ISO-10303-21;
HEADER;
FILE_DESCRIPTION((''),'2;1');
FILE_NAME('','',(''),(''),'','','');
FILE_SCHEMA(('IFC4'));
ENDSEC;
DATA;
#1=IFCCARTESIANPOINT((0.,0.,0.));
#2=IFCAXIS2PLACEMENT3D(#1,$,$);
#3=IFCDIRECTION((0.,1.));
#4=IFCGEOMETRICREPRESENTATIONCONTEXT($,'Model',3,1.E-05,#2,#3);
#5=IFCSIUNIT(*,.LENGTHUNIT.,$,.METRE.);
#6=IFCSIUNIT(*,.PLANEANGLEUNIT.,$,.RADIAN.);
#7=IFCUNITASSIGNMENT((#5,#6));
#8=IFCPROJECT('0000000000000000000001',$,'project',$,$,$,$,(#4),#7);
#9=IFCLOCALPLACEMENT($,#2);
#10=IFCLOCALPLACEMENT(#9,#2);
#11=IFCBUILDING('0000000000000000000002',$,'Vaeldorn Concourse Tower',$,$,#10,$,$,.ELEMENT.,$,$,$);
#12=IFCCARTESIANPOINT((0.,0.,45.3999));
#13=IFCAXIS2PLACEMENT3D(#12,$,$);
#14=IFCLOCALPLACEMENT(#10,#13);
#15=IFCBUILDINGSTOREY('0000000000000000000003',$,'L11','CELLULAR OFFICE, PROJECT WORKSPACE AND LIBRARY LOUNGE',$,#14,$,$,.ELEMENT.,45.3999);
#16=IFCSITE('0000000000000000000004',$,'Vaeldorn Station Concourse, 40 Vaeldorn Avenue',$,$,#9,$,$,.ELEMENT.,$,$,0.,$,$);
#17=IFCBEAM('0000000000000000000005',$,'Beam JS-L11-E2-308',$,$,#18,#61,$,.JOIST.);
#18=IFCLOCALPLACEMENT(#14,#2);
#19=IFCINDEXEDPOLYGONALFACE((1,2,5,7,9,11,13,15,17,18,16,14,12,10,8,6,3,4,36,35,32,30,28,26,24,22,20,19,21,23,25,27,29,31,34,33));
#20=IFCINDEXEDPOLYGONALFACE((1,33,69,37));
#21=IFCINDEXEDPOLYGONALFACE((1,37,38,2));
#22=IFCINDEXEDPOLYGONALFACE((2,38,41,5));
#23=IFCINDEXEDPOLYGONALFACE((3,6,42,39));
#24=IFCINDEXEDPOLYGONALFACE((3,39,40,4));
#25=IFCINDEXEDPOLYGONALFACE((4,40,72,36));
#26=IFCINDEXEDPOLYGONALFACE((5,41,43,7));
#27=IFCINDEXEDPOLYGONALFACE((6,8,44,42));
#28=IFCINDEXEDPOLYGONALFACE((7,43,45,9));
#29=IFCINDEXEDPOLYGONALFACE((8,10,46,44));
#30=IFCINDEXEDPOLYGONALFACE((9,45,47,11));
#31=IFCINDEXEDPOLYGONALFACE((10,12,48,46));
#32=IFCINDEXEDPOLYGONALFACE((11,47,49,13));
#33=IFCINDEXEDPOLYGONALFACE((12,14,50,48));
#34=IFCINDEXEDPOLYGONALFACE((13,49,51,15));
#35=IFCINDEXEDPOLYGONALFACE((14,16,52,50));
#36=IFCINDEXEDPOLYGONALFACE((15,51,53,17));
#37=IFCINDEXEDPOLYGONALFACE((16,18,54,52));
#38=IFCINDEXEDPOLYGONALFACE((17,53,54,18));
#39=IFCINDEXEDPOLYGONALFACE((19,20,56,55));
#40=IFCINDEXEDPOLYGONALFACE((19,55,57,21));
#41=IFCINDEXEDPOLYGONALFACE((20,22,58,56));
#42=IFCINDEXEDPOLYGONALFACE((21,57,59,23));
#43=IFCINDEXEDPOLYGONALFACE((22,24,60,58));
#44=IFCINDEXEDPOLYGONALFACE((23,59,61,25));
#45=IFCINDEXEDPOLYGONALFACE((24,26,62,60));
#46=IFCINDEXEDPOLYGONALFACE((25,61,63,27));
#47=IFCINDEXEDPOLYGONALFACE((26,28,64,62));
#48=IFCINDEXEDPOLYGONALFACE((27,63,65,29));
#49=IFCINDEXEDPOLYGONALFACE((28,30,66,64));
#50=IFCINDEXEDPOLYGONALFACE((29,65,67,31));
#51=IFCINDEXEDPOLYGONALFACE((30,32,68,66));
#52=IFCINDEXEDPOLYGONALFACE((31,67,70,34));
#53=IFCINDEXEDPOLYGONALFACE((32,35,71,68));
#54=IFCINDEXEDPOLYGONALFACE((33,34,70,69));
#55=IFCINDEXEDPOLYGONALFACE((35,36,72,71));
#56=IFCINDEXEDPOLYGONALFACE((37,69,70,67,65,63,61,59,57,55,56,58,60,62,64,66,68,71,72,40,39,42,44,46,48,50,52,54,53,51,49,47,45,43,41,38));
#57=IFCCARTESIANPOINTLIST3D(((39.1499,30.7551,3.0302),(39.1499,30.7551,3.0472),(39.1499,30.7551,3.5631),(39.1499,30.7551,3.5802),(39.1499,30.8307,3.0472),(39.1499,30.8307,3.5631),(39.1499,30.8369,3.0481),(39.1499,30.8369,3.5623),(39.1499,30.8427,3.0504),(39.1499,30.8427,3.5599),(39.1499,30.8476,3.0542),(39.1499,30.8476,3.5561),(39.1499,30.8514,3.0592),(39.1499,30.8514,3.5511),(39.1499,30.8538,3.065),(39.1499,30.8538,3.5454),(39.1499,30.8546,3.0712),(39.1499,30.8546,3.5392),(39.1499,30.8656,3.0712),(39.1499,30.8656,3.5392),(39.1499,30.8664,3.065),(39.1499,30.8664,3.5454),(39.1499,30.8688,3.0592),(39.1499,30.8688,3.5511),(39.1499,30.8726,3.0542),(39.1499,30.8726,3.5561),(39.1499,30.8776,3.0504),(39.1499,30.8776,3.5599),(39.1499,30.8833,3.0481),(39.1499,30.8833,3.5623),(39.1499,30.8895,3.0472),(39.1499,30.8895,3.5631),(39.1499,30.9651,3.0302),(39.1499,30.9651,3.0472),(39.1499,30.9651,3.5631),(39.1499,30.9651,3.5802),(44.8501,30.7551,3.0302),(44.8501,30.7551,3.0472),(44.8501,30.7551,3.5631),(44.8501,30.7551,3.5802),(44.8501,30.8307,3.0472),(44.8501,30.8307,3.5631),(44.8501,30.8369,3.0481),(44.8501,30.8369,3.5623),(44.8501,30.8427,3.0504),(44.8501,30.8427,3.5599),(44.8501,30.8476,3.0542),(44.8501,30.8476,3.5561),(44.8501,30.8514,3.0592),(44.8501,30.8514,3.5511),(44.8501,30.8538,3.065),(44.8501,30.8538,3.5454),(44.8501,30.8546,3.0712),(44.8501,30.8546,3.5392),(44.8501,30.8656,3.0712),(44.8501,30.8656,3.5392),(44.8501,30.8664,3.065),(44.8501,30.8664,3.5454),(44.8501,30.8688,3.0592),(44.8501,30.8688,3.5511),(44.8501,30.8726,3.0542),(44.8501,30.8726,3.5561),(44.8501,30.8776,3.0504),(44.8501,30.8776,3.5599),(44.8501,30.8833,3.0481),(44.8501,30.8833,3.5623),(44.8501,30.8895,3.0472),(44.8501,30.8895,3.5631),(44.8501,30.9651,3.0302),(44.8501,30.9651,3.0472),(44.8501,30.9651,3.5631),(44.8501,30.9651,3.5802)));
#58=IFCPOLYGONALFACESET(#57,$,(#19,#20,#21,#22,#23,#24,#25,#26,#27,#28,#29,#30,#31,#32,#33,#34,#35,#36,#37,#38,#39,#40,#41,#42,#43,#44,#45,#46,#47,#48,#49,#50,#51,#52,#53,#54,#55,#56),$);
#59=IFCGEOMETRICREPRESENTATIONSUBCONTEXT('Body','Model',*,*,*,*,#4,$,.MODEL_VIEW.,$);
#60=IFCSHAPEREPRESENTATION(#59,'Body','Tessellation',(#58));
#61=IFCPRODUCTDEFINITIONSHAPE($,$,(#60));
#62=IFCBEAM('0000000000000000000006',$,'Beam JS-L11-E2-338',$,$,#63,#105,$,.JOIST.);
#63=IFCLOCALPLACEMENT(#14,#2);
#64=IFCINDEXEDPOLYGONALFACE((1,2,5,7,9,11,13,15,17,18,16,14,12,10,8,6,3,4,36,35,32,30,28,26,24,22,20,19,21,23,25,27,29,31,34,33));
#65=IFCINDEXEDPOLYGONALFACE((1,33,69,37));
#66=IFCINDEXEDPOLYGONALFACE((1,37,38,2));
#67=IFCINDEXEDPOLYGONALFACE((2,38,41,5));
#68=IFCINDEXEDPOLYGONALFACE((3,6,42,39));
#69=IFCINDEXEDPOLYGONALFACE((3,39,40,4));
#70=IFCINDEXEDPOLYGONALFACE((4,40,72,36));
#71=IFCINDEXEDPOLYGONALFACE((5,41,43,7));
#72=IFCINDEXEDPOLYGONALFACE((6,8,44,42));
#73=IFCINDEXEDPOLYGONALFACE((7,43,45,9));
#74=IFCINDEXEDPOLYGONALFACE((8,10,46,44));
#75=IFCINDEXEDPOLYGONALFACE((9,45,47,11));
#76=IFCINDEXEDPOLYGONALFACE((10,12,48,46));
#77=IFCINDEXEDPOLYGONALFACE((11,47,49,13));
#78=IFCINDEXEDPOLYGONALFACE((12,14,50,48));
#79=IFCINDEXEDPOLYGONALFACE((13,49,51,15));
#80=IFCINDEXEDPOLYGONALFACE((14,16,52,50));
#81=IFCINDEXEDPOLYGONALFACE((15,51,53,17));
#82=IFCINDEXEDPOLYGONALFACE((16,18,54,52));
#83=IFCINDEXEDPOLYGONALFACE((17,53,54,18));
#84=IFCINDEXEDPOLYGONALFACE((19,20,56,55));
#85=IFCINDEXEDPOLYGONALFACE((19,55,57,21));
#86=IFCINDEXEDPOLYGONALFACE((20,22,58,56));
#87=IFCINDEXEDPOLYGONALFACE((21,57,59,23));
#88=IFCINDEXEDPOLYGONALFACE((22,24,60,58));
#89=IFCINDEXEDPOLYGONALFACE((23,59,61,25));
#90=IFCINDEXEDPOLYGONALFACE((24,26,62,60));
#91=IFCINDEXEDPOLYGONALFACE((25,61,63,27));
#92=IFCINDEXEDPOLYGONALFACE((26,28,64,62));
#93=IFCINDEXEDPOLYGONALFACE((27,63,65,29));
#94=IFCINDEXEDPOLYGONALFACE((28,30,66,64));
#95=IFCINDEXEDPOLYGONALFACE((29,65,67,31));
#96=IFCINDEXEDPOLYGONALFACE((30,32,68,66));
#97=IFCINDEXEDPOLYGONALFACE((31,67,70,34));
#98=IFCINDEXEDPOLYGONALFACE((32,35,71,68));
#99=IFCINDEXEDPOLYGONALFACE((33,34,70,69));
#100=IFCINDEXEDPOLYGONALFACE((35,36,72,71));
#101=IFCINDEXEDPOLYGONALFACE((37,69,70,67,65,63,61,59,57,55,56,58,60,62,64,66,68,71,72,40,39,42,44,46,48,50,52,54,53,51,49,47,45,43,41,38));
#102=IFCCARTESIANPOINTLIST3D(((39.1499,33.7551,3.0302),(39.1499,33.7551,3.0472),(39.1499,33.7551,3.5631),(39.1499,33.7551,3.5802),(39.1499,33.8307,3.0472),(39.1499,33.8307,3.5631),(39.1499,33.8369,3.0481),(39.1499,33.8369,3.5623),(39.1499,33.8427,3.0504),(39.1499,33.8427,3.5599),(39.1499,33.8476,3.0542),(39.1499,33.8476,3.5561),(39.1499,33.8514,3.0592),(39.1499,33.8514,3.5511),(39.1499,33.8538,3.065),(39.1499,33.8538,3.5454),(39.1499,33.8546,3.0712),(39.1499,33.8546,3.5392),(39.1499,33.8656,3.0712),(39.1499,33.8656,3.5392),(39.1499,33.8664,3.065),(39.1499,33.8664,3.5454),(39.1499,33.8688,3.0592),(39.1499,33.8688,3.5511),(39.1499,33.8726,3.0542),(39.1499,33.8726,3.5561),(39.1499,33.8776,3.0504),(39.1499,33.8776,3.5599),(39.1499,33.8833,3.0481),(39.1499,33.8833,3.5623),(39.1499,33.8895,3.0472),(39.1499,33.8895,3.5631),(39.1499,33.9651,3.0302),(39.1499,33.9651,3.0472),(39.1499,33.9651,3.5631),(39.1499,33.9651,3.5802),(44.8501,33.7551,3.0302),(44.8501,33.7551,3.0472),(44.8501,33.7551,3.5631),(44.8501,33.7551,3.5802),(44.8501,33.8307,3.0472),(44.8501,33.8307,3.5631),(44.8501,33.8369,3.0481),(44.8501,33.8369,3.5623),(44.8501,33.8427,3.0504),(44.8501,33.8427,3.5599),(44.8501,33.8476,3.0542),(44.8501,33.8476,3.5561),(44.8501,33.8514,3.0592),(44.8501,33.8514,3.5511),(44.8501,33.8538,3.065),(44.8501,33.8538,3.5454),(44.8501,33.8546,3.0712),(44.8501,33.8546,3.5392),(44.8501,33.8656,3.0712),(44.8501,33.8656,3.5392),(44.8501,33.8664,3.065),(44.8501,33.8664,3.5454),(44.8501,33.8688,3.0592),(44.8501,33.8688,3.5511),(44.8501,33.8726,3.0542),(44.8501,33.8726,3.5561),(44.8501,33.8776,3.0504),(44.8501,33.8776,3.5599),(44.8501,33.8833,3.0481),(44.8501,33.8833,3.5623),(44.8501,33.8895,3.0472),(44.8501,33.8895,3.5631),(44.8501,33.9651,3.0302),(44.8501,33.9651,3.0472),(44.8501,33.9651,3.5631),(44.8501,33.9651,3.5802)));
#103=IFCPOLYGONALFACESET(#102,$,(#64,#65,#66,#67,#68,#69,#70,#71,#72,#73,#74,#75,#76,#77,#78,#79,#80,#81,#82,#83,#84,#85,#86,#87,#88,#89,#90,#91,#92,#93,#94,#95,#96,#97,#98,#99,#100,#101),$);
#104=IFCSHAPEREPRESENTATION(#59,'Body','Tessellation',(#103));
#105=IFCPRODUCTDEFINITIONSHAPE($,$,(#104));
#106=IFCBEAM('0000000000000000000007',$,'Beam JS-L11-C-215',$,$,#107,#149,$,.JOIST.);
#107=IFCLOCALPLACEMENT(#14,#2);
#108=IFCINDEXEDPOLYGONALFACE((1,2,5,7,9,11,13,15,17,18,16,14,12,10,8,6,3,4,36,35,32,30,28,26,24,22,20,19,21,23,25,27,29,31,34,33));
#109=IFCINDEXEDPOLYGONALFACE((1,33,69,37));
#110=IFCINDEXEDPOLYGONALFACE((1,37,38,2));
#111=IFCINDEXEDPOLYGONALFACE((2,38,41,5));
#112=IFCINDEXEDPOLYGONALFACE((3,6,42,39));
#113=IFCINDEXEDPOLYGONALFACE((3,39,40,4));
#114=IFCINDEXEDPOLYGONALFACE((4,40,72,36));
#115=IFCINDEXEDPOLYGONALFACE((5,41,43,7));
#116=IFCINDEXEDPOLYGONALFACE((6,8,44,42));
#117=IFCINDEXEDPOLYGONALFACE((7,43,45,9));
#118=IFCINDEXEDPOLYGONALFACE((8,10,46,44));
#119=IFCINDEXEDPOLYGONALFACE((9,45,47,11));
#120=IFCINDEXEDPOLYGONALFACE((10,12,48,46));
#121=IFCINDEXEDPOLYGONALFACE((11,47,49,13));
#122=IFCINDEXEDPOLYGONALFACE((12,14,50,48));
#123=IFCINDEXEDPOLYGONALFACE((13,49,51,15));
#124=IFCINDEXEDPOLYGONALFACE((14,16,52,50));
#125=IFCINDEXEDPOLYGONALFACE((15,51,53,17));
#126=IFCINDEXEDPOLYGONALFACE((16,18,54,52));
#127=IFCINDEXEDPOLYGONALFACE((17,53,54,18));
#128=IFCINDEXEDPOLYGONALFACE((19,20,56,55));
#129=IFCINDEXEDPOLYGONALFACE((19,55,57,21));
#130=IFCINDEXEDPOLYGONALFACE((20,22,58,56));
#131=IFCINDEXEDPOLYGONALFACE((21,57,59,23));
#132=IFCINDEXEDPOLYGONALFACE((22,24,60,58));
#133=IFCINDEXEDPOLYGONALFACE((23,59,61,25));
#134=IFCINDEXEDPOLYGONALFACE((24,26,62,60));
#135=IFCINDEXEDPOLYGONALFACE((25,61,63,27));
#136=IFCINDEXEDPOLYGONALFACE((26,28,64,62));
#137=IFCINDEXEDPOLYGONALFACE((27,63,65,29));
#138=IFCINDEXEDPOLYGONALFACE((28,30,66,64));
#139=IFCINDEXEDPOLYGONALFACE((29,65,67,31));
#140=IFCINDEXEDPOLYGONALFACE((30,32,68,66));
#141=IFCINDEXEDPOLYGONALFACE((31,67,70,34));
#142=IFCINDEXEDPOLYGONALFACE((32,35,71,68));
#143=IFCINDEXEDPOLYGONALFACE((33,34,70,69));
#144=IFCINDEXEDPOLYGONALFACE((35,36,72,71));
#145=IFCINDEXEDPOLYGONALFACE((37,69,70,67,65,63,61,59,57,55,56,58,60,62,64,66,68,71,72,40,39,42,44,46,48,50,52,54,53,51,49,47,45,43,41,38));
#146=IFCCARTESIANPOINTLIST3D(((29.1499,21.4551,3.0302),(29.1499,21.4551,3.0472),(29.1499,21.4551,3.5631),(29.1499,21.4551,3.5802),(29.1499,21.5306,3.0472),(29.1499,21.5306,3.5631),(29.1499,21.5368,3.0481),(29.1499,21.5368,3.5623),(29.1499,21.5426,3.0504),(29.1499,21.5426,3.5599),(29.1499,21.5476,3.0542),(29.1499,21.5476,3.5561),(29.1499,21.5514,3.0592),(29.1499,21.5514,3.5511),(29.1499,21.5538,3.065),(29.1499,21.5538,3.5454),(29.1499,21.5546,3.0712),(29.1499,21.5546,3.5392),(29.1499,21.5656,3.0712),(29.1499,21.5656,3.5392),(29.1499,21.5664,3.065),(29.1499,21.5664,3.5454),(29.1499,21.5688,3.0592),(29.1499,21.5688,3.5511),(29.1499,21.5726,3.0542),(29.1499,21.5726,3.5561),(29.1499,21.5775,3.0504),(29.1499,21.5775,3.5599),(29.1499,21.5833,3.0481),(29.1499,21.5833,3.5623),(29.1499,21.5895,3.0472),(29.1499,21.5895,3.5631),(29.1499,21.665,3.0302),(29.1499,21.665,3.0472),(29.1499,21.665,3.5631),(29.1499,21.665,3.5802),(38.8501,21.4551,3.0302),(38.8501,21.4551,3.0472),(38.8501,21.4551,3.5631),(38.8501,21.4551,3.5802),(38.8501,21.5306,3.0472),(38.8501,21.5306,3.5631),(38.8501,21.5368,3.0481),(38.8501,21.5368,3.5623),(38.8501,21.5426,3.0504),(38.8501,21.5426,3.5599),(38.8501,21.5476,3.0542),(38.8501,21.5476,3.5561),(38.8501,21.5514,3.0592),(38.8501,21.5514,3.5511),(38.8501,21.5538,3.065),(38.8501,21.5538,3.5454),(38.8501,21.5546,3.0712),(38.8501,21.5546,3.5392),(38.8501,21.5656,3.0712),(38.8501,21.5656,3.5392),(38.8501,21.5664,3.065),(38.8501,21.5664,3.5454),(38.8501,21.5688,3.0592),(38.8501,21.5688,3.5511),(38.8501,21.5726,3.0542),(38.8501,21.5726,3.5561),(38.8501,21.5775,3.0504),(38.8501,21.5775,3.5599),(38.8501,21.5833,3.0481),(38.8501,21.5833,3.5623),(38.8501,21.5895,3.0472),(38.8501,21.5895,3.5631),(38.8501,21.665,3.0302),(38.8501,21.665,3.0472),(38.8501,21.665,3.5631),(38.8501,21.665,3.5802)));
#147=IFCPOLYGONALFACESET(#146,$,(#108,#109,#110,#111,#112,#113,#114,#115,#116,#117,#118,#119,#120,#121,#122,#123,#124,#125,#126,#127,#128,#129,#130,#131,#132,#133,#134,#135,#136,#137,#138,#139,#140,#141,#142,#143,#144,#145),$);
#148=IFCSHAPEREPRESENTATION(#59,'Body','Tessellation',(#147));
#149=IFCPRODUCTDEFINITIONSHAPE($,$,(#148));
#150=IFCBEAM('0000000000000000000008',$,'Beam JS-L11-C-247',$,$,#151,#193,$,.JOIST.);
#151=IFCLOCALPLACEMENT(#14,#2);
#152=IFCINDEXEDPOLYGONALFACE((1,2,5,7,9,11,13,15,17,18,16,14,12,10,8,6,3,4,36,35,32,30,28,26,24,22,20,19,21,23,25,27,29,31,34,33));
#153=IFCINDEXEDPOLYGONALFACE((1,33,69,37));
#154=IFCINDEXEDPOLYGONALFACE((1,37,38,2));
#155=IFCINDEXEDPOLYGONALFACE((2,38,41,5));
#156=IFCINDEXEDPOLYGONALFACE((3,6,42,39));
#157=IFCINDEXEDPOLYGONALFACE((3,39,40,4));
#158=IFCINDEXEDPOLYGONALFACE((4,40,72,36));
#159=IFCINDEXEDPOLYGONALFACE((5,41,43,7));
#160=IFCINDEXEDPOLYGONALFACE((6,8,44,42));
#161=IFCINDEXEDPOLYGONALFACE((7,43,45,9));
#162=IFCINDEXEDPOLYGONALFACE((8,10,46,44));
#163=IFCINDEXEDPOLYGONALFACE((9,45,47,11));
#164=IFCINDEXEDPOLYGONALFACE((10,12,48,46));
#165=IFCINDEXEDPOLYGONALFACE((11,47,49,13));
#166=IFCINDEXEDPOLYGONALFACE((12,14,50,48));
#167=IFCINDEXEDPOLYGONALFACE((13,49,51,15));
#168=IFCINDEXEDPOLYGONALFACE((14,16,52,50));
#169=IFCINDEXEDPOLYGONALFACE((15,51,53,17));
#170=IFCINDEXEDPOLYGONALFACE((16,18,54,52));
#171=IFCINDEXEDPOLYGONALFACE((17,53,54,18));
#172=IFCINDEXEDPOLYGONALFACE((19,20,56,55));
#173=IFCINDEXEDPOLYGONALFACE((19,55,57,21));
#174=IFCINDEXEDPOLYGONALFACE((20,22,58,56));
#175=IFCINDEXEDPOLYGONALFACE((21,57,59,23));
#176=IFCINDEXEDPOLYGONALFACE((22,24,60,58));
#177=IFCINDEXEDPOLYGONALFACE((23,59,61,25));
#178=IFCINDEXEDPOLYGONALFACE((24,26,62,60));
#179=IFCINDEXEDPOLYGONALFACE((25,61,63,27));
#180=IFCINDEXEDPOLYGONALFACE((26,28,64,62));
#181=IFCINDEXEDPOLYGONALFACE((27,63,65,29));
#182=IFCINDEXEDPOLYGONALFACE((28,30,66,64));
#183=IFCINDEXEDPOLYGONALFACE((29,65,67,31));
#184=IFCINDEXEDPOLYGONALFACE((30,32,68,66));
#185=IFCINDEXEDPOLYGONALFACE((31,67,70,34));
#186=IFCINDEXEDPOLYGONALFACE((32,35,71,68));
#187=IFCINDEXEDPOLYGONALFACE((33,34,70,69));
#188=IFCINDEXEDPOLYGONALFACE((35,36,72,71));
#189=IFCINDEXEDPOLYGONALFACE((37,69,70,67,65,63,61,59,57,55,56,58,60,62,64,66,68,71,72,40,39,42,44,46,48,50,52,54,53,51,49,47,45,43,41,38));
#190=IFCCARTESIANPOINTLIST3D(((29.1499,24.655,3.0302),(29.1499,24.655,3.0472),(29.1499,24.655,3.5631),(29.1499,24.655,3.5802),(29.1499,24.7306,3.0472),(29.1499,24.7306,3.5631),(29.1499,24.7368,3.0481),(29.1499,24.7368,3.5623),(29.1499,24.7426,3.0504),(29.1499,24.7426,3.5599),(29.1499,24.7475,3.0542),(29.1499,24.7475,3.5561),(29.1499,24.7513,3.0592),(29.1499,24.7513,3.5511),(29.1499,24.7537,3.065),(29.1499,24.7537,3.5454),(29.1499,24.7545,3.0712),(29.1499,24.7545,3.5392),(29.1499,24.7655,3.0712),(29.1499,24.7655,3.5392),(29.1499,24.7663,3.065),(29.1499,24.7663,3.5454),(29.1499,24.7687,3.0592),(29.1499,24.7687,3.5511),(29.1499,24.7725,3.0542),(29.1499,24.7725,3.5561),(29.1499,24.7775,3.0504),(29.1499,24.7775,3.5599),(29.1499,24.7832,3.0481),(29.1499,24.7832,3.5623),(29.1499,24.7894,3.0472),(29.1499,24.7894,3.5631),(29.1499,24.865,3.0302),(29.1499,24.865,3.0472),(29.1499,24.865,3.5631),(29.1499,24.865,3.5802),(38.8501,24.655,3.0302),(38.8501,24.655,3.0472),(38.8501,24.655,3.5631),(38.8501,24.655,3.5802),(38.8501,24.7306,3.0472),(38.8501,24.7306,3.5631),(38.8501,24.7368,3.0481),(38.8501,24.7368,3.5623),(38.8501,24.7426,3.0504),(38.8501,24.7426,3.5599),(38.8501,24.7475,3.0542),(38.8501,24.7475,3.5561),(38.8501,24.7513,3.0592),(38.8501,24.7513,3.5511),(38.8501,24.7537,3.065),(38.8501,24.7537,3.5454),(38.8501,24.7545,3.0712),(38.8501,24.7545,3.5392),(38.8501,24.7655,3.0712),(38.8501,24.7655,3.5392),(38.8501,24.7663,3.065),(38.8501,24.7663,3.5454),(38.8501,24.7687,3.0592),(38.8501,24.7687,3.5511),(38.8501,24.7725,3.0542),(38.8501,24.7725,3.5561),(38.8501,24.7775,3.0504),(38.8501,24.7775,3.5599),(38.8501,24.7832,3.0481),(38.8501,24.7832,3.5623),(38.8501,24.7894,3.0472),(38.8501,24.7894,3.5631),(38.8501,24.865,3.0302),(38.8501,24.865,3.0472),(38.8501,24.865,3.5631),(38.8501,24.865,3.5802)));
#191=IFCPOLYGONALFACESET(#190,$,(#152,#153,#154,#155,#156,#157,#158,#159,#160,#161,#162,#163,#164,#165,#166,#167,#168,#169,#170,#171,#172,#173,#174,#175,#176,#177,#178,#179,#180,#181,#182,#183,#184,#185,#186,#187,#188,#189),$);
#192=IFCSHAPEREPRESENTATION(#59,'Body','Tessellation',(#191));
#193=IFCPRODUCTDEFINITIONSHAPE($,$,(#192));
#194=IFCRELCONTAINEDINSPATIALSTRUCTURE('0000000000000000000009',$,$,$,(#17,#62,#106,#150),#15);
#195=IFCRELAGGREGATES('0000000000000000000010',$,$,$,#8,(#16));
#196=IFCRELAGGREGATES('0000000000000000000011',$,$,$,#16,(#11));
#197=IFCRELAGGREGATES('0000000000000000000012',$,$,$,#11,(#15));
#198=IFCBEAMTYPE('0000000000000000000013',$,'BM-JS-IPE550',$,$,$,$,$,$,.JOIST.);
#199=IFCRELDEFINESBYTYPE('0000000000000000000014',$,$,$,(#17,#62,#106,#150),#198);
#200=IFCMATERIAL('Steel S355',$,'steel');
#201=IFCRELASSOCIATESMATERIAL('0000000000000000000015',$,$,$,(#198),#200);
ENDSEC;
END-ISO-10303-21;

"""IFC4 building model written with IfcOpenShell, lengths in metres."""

from ifc_helpers import new_model, si_unit, direction, frame, origin, origin_2d, place, context, subcontext, project, spatial, i_section, extrude, source, transform, mapped, material, material_profile, profile_set, type_object, element, save


model = new_model("IFC4")

# Units and contexts
model_context = context("Model", 3, precision=1e-05, world=origin(), true_north=direction((0.0, 1.0)))
body_context = subcontext(model_context, "Body", "Model", "MODEL_VIEW")
ifc_project = project(units=[si_unit("LENGTHUNIT", "METRE"), si_unit("PLANEANGLEUNIT", "RADIAN")], contexts=[model_context])

# Site, building, storey
site_placement = place(None, origin())
site = spatial("IfcSite", under=ifc_project, at=site_placement, Name="Vaeldorn Station Concourse, 40 Vaeldorn Avenue", CompositionType="ELEMENT", RefElevation=0.0)
building_placement = place(site_placement, origin())
building = spatial("IfcBuilding", under=site, at=building_placement, Name="Vaeldorn Concourse Tower", CompositionType="ELEMENT")
storey_placement = place(building_placement, frame((0.0, 0.0, 45.3999)))
storey = spatial("IfcBuildingStorey", under=building, at=storey_placement, Name="L11", Description="CELLULAR OFFICE, PROJECT WORKSPACE AND LIBRARY LOUNGE", CompositionType="ELEMENT", Elevation=45.3999)

# Beams
ifc_material_1 = material(Name="Steel S355", Category="steel")
ifc_material_profile_1 = material_profile(ifc_material_1, i_section(OverallWidth=0.21, OverallDepth=0.55, WebThickness=0.011, FlangeThickness=0.0171, FilletRadius=0.0239, at=origin_2d()), Name="IPE 550")
ifc_profile_set_1 = profile_set([ifc_material_profile_1], Name="Steel S355")
beam_type_1 = type_object("IfcBeamType", Name="BM-JS-IPE550", PredefinedType="JOIST", material=ifc_profile_set_1)
shared_shape_1 = source(origin(), body_context, "Body", "SweptSolid", [
    extrude(i_section(OverallWidth=0.21, OverallDepth=0.55, WebThickness=0.011, FlangeThickness=0.0171, FilletRadius=0.0239, at=origin_2d()), origin(), (0.0, 0.0, 1.0), 5.7002),
])
for number, where, z_axis, x_axis, name in (
    (1, (39.1499, 30.8601, 3.3052), (1.0, 0.0, 0.0), (0.0, 1.0, 0.0), "Beam JS-L11-E2-308"),
    (2, (39.1499, 33.8601, 3.3052), (1.0, 0.0, 0.0), (0.0, 1.0, 0.0), "Beam JS-L11-E2-338"),
):
    element("IfcBeam", number, at=place(storey_placement, frame(where, z_axis=z_axis, x_axis=x_axis)), inside=storey, type_object=beam_type_1, Name=name, PredefinedType="JOIST", context=body_context, shape_type="MappedRepresentation", body=[
        mapped(shared_shape_1, transform((0.0, 0.0, 0.0), scale=1.0)),
    ])
shared_shape_2 = source(origin(), body_context, "Body", "SweptSolid", [
    extrude(i_section(OverallWidth=0.21, OverallDepth=0.55, WebThickness=0.011, FlangeThickness=0.0171, FilletRadius=0.0239, at=origin_2d()), origin(), (0.0, 0.0, 1.0), 9.7002),
])
for number, where, z_axis, x_axis, name in (
    (3, (29.1499, 21.5601, 3.3052), (1.0, 0.0, 0.0), (0.0, 1.0, 0.0), "Beam JS-L11-C-215"),
    (4, (29.1499, 24.76, 3.3052), (1.0, 0.0, 0.0), (0.0, 1.0, 0.0), "Beam JS-L11-C-247"),
):
    element("IfcBeam", number, at=place(storey_placement, frame(where, z_axis=z_axis, x_axis=x_axis)), inside=storey, type_object=beam_type_1, Name=name, PredefinedType="JOIST", context=body_context, shape_type="MappedRepresentation", body=[
        mapped(shared_shape_2, transform((0.0, 0.0, 0.0), scale=1.0)),
    ])

save(model, "model.ifc")
